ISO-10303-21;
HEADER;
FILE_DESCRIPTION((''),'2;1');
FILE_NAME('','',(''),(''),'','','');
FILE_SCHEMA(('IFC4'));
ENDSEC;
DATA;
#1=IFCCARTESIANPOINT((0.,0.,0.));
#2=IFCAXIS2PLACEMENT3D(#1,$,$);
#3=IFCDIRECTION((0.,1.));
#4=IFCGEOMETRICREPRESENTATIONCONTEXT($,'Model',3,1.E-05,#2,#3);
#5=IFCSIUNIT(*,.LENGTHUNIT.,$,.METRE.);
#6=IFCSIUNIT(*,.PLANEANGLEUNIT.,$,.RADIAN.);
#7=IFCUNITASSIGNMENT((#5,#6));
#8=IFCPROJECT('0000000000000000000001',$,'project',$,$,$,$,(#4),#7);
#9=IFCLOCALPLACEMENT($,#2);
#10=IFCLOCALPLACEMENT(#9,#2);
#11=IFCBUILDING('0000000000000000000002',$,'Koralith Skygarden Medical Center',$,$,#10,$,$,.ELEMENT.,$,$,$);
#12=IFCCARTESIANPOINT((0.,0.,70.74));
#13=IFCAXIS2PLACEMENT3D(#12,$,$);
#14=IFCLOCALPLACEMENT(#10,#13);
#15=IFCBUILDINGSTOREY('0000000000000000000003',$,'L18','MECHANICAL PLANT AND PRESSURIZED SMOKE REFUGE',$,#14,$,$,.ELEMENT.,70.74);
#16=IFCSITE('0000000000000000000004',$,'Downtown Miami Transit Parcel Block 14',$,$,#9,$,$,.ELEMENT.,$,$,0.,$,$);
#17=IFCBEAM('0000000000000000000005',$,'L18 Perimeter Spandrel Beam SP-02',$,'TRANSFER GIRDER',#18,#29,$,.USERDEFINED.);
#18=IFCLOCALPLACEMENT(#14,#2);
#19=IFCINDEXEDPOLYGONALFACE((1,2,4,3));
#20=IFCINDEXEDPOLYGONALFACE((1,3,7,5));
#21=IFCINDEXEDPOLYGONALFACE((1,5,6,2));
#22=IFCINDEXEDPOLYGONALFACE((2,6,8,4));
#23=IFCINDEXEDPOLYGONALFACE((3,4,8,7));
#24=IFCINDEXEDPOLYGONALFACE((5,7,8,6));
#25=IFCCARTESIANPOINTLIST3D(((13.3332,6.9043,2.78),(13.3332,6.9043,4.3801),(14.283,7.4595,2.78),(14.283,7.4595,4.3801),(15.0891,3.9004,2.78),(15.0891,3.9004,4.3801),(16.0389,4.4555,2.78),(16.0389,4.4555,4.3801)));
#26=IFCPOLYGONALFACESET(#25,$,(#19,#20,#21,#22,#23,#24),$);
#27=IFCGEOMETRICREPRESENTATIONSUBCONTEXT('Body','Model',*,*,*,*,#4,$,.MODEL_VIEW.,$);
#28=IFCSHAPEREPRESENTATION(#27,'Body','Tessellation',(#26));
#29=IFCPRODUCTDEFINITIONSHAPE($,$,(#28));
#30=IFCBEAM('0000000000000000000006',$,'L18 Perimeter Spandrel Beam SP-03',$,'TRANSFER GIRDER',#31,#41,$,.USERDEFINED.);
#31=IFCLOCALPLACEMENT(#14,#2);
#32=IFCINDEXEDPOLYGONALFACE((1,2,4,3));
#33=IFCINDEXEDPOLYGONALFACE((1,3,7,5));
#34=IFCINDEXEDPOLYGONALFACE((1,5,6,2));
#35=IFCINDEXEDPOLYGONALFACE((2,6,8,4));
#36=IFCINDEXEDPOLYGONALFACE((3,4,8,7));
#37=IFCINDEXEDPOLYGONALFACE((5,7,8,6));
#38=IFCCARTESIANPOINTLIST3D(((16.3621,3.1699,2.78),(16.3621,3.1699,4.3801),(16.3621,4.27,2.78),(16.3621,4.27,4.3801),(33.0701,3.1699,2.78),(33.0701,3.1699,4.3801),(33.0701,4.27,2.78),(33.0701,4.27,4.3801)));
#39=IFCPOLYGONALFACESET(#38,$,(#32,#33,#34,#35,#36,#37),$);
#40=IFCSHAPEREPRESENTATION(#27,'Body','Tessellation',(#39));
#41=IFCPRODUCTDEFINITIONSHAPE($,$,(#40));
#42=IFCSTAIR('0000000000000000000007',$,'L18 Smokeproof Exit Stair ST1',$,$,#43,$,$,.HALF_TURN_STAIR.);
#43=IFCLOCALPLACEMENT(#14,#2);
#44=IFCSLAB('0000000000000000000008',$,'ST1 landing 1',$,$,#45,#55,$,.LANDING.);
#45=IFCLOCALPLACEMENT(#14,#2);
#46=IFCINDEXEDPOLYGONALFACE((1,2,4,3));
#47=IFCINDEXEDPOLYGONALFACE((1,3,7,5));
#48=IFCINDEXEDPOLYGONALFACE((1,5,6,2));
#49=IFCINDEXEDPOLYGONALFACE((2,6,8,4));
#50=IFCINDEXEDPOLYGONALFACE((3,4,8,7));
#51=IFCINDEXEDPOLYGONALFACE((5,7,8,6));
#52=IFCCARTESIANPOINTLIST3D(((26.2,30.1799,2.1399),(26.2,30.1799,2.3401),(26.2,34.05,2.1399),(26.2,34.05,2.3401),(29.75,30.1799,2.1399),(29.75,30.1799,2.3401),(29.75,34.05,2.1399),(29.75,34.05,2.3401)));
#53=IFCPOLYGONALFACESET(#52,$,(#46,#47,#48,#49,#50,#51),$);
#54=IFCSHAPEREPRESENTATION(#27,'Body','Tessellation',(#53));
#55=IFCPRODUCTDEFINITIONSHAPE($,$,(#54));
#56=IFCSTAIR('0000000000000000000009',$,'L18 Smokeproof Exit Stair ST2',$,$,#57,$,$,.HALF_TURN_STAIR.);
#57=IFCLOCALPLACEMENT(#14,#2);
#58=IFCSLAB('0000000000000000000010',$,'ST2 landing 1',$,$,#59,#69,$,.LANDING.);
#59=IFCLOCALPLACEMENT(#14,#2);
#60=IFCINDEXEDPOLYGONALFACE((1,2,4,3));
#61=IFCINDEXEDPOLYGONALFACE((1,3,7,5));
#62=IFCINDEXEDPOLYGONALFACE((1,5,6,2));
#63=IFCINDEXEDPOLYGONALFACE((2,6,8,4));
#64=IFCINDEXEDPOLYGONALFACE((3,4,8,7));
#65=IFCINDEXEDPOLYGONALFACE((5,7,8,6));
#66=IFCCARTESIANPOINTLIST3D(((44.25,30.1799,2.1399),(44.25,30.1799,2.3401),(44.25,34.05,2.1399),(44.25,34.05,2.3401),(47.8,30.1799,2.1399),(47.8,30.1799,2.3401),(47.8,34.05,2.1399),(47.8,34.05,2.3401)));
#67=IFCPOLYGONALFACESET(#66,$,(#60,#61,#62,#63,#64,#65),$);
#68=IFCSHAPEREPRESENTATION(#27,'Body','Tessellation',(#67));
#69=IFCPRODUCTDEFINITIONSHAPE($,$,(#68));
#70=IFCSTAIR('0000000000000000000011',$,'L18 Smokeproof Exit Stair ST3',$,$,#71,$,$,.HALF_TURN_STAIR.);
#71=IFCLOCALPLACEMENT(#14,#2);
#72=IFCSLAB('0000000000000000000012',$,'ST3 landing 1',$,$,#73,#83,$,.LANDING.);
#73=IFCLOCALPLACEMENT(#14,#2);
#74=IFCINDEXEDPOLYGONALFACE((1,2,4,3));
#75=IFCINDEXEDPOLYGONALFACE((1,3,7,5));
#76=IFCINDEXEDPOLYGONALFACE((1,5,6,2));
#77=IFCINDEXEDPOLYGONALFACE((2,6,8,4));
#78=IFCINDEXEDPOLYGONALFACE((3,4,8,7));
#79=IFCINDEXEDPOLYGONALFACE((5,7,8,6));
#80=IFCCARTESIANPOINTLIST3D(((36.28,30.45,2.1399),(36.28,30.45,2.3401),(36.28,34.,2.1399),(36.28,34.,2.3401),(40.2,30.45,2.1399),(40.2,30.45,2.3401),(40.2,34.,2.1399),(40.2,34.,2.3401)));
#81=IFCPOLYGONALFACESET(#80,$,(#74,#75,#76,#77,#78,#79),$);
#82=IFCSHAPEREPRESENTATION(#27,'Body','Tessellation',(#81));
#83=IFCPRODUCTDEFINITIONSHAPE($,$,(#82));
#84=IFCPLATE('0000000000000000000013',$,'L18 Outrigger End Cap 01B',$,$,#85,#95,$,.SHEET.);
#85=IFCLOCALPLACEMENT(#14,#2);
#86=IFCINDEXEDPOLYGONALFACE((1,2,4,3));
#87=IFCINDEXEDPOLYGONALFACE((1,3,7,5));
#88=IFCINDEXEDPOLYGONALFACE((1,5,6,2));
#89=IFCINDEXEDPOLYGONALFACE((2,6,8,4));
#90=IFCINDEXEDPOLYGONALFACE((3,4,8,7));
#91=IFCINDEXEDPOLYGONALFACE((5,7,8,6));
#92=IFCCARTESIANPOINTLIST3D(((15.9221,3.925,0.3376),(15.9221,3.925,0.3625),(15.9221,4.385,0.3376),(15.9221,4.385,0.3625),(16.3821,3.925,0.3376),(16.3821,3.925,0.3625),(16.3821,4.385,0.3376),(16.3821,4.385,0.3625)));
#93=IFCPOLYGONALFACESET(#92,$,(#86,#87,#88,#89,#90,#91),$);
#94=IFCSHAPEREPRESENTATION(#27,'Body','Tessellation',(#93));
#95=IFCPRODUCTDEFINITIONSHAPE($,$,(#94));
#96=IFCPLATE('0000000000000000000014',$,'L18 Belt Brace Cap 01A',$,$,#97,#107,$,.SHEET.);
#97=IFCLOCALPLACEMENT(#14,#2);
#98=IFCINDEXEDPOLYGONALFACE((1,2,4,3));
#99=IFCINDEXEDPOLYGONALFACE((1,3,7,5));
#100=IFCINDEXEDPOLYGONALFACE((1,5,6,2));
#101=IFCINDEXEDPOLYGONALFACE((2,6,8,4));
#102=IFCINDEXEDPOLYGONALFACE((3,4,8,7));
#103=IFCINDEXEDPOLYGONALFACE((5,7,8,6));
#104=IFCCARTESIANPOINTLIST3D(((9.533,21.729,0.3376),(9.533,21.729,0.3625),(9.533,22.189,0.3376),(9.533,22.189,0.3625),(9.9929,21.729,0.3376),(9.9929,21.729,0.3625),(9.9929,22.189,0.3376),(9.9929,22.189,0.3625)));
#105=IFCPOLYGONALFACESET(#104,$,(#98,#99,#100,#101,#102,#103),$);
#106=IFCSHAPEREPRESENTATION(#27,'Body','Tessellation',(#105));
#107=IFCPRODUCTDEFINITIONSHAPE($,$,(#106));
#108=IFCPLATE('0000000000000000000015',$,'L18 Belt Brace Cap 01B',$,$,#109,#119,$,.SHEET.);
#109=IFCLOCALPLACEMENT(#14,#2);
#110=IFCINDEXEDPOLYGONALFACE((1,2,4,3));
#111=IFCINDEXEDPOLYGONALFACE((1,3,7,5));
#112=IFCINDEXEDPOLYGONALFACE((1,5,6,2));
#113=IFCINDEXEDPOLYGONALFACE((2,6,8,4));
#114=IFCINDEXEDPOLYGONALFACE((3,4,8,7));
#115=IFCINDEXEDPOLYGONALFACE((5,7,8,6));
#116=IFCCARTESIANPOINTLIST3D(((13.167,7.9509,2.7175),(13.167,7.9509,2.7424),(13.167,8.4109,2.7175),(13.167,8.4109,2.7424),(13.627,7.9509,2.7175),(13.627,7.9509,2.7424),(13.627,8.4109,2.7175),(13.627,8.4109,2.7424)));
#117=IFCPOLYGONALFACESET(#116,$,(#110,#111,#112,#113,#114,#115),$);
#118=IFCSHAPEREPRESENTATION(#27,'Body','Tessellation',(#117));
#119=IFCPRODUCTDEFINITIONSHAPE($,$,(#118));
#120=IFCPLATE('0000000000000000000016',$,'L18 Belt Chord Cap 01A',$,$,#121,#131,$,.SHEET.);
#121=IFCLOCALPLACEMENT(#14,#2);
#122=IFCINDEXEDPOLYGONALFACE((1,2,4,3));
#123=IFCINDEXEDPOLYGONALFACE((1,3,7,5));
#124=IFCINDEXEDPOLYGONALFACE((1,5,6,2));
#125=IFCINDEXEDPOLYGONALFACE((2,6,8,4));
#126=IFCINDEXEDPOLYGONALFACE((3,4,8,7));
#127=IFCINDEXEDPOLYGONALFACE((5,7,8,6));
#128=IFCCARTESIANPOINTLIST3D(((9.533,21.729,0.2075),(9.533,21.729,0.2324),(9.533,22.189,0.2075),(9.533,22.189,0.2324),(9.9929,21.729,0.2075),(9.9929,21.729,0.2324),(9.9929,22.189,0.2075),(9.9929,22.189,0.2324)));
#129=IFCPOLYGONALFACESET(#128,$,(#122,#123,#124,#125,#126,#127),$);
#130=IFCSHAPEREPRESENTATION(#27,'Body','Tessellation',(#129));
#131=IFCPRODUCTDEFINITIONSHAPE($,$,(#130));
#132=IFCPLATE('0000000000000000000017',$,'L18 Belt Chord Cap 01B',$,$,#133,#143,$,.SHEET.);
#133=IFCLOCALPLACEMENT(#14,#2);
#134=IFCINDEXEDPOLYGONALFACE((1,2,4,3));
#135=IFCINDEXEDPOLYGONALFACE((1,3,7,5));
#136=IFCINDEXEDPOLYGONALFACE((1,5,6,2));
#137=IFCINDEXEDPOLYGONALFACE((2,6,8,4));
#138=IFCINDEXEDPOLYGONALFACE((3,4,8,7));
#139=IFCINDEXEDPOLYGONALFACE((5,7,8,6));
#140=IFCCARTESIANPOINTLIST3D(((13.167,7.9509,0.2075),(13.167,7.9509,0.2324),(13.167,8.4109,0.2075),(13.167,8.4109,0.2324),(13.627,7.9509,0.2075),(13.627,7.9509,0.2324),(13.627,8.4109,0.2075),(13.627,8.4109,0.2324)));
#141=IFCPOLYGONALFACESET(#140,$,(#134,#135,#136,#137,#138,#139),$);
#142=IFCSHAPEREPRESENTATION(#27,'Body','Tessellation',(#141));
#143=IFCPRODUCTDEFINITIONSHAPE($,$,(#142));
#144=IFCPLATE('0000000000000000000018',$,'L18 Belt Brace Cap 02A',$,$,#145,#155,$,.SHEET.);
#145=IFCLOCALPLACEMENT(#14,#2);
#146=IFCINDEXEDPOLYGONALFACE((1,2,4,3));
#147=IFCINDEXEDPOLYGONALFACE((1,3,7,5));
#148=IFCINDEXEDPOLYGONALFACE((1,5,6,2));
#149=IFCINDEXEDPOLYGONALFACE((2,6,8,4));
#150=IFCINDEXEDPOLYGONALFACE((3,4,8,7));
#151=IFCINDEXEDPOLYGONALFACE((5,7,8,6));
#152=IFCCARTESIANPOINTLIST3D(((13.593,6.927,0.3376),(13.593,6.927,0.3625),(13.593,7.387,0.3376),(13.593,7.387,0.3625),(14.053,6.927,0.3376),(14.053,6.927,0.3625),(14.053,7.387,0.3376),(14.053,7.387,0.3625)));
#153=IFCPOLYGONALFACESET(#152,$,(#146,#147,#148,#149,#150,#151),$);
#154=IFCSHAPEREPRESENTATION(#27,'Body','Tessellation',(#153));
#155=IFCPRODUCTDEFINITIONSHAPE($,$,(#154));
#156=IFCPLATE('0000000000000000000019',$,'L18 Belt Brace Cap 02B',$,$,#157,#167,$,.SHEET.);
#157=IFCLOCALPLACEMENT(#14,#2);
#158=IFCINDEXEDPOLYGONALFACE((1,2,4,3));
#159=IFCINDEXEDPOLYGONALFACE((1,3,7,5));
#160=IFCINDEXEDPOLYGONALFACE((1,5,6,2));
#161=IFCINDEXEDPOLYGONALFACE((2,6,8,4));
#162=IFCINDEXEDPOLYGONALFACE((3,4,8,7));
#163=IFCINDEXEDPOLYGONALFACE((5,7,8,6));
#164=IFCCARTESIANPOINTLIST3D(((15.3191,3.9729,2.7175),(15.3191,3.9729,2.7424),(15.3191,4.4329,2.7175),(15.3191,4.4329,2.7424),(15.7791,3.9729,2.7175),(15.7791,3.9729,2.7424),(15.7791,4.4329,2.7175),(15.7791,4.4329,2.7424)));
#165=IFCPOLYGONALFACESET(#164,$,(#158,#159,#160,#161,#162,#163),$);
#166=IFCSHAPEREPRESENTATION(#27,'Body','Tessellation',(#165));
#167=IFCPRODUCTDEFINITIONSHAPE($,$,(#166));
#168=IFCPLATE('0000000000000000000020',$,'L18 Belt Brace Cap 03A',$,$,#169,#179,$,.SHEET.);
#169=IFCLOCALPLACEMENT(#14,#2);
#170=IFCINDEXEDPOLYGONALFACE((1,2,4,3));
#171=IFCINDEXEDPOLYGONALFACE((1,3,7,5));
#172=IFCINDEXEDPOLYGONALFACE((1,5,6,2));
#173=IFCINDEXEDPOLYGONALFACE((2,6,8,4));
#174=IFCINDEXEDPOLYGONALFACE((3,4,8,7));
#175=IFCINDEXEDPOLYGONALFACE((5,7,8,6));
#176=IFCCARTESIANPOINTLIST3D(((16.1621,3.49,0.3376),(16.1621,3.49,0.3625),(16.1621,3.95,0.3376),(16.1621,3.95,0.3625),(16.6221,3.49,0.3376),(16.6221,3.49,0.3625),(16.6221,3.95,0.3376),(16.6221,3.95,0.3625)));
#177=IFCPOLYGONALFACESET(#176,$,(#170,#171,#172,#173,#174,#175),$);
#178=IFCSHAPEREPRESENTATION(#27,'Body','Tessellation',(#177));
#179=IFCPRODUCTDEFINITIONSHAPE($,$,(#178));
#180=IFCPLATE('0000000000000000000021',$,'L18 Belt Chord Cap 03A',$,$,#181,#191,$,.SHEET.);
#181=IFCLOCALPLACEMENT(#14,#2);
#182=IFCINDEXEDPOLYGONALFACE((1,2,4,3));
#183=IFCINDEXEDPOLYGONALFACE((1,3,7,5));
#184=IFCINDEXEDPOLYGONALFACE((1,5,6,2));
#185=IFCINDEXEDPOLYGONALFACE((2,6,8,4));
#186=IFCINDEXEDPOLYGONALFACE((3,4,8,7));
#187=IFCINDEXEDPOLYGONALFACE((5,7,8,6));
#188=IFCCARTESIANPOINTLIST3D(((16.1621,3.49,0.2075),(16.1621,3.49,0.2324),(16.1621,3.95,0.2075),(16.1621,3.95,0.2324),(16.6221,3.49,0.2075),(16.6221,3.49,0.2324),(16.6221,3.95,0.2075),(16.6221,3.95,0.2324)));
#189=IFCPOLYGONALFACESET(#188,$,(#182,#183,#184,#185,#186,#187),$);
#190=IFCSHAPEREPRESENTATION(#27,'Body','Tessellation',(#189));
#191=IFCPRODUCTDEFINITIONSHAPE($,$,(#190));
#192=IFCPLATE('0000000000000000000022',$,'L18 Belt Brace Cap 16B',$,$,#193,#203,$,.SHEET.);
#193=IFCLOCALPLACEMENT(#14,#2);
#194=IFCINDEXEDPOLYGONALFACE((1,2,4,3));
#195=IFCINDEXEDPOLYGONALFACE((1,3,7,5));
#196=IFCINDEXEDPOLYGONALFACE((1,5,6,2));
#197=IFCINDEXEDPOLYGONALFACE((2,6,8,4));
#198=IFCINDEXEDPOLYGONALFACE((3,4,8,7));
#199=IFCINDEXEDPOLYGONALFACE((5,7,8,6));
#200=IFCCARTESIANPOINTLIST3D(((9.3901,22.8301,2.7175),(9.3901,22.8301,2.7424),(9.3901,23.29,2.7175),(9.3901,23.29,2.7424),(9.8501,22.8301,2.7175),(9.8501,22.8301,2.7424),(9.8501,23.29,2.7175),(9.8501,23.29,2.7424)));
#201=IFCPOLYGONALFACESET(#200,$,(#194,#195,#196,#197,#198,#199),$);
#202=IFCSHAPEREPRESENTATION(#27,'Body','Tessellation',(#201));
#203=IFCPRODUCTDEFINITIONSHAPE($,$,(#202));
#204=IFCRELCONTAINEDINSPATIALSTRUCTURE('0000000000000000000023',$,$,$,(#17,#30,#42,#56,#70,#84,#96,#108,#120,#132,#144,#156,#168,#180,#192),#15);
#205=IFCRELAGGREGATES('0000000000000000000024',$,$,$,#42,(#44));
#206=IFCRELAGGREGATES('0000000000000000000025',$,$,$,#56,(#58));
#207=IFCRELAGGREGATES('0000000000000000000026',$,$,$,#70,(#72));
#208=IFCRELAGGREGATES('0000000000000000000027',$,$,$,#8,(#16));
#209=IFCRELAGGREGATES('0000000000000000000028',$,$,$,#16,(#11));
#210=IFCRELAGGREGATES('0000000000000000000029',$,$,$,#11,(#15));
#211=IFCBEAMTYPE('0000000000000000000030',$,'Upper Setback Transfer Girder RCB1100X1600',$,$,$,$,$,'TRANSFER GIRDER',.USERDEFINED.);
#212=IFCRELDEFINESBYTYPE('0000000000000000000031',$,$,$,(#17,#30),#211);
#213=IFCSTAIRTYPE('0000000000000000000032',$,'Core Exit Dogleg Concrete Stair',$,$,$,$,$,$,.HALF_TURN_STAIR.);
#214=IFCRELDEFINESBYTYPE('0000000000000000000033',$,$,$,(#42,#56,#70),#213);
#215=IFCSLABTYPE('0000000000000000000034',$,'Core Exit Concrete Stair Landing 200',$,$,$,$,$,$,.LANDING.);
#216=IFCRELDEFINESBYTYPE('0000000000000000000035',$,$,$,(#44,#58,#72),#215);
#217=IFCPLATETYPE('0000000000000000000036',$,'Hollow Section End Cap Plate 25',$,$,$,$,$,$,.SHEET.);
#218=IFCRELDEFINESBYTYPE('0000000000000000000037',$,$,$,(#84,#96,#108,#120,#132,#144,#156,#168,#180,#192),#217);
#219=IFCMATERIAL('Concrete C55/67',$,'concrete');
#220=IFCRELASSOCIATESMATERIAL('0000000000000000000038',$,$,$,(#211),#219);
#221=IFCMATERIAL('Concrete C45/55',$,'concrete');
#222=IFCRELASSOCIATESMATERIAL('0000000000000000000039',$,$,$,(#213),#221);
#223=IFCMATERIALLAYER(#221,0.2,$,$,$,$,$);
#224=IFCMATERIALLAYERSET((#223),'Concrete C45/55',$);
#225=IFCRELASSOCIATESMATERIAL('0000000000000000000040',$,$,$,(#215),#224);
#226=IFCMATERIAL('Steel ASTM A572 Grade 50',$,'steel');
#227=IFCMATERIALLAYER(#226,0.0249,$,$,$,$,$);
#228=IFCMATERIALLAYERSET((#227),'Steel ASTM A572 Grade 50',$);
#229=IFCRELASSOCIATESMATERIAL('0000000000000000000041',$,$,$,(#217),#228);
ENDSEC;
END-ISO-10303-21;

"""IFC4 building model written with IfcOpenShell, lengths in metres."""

from ifc_helpers import new_model, si_unit, direction, frame, origin, origin_2d, place, context, subcontext, project, spatial, polyline, rectangle, outline, extrude, material, layer, layer_set, material_profile, profile_set, type_object, element, aggregate, save


model = new_model("IFC4")

# Units and contexts
model_context = context("Model", 3, precision=1e-05, world=origin(), true_north=direction((0.0, 1.0)))
body_context = subcontext(model_context, "Body", "Model", "MODEL_VIEW")
ifc_project = project(units=[si_unit("LENGTHUNIT", "METRE"), si_unit("PLANEANGLEUNIT", "RADIAN")], contexts=[model_context])

# Site, building, storey
site_placement = place(None, origin())
site = spatial("IfcSite", under=ifc_project, at=site_placement, Name="Downtown Miami Transit Parcel Block 14", CompositionType="ELEMENT", RefElevation=0.0)
building_placement = place(site_placement, origin())
building = spatial("IfcBuilding", under=site, at=building_placement, Name="Koralith Skygarden Medical Center", CompositionType="ELEMENT")
storey_placement = place(building_placement, frame((0.0, 0.0, 70.74)))
storey = spatial("IfcBuildingStorey", under=building, at=storey_placement, Name="L18", Description="MECHANICAL PLANT AND PRESSURIZED SMOKE REFUGE", CompositionType="ELEMENT", Elevation=70.74)

# Beams
ifc_material_1 = material(Name="Concrete C45/55", Category="concrete")
ifc_material_2 = material(Name="Concrete C55/67", Category="concrete")
ifc_material_profile_1 = material_profile(ifc_material_2, rectangle(XDim=1.1001, YDim=1.6001, at=origin_2d()), Name="RCB1100X1600")
ifc_profile_set_1 = profile_set([ifc_material_profile_1], Name="Concrete C55/67")
beam_type_1 = type_object("IfcBeamType", Name="Upper Setback Transfer Girder RCB1100X1600", ElementType="TRANSFER GIRDER", PredefinedType="USERDEFINED", material=ifc_profile_set_1)
beam_1_placement = place(storey_placement, frame((13.8081, 7.1819, 3.5801), z_axis=(0.504639, -0.863331, 0.0), x_axis=(0.863331, 0.504639, 0.0)))
element("IfcBeam", 1, at=beam_1_placement, inside=storey, type_object=beam_type_1, Name="L18 Perimeter Spandrel Beam SP-02", ObjectType="TRANSFER GIRDER", PredefinedType="USERDEFINED", context=body_context, shape_type="SweptSolid", body=[
    extrude(rectangle(XDim=1.1001, YDim=1.6001, at=origin_2d()), origin(), (0.0, 0.0, 1.0), 3.4795),
])
beam_2_placement = place(storey_placement, frame((16.3621, 3.72, 3.5801), z_axis=(1.0, 0.0, 0.0), x_axis=(0.0, 1.0, 0.0)))
element("IfcBeam", 2, at=beam_2_placement, inside=storey, type_object=beam_type_1, Name="L18 Perimeter Spandrel Beam SP-03", ObjectType="TRANSFER GIRDER", PredefinedType="USERDEFINED", context=body_context, shape_type="SweptSolid", body=[
    extrude(rectangle(XDim=1.1001, YDim=1.6001, at=origin_2d()), origin(), (0.0, 0.0, 1.0), 16.708),
])

# Stairs, slabs
stair_type = type_object("IfcStairType", Name="Core Exit Dogleg Concrete Stair", PredefinedType="HALF_TURN_STAIR", material=ifc_material_1)
stair_1_placement = place(storey_placement, origin())
stair_1 = element("IfcStair", 3, at=stair_1_placement, inside=storey, type_object=stair_type, Name="L18 Smokeproof Exit Stair ST1", PredefinedType="HALF_TURN_STAIR")
ifc_layer_1 = layer(ifc_material_1, 0.2)
ifc_layer_set_1 = layer_set([ifc_layer_1], Name="Concrete C45/55")
slab_type_1 = type_object("IfcSlabType", Name="Core Exit Concrete Stair Landing 200", PredefinedType="LANDING", material=ifc_layer_set_1)
slab_1_placement = place(storey_placement, frame((0.0, 0.0, 2.1399)))
slab_1 = element("IfcSlab", 4, at=slab_1_placement, type_object=slab_type_1, Name="ST1 landing 1", PredefinedType="LANDING", context=body_context, shape_type="SweptSolid", body=[
    extrude(outline(polyline([(29.75, 30.1799), (29.75, 34.05), (26.2, 34.05), (26.2, 30.1799), (29.75, 30.1799)])), origin(), (0.0, 0.0, 1.0), 0.2002),
])
aggregate(stair_1, [slab_1])
stair_2_placement = place(storey_placement, origin())
stair_2 = element("IfcStair", 5, at=stair_2_placement, inside=storey, type_object=stair_type, Name="L18 Smokeproof Exit Stair ST2", PredefinedType="HALF_TURN_STAIR")
slab_2_placement = place(storey_placement, frame((0.0, 0.0, 2.1399)))
slab_2 = element("IfcSlab", 6, at=slab_2_placement, type_object=slab_type_1, Name="ST2 landing 1", PredefinedType="LANDING", context=body_context, shape_type="SweptSolid", body=[
    extrude(outline(polyline([(47.8, 30.1799), (47.8, 34.05), (44.25, 34.05), (44.25, 30.1799), (47.8, 30.1799)])), origin(), (0.0, 0.0, 1.0), 0.2002),
])
aggregate(stair_2, [slab_2])
stair_3_placement = place(storey_placement, origin())
stair_3 = element("IfcStair", 7, at=stair_3_placement, inside=storey, type_object=stair_type, Name="L18 Smokeproof Exit Stair ST3", PredefinedType="HALF_TURN_STAIR")
slab_3_placement = place(storey_placement, frame((0.0, 0.0, 2.1399)))
slab_3 = element("IfcSlab", 8, at=slab_3_placement, type_object=slab_type_1, Name="ST3 landing 1", PredefinedType="LANDING", context=body_context, shape_type="SweptSolid", body=[
    extrude(outline(polyline([(36.28, 30.45), (40.2, 30.45), (40.2, 34.0), (36.28, 34.0), (36.28, 30.45)])), origin(), (0.0, 0.0, 1.0), 0.2002),
])
aggregate(stair_3, [slab_3])

# Plates
ifc_material_3 = material(Name="Steel ASTM A572 Grade 50", Category="steel")
ifc_layer_2 = layer(ifc_material_3, 0.0249)
ifc_layer_set_2 = layer_set([ifc_layer_2], Name="Steel ASTM A572 Grade 50")
plate_type_1 = type_object("IfcPlateType", Name="Hollow Section End Cap Plate 25", PredefinedType="SHEET", material=ifc_layer_set_2)
for number, where, z_axis, x_axis, name in (
    (9, (16.1521, 4.155, 0.3376), (0.0, 0.0, 1.0), (1.0, 0.0, 0.0), "L18 Outrigger End Cap 01B"),
    (10, (9.7629, 21.959, 0.3376), (0.0, 0.0, 1.0), (1.0, 0.0, 0.0), "L18 Belt Brace Cap 01A"),
    (11, (13.397, 8.1809, 2.7175), (0.0, 0.0, 1.0), (1.0, 0.0, 0.0), "L18 Belt Brace Cap 01B"),
    (12, (9.7629, 21.959, 0.2075), (0.0, 0.0, 1.0), (1.0, 0.0, 0.0), "L18 Belt Chord Cap 01A"),
    (13, (13.397, 8.1809, 0.2075), (0.0, 0.0, 1.0), (1.0, 0.0, 0.0), "L18 Belt Chord Cap 01B"),
    (14, (13.823, 7.157, 0.3376), (0.0, 0.0, 1.0), (1.0, 0.0, 0.0), "L18 Belt Brace Cap 02A"),
    (15, (15.5491, 4.2029, 2.7175), (0.0, 0.0, 1.0), (1.0, 0.0, 0.0), "L18 Belt Brace Cap 02B"),
    (16, (16.3921, 3.72, 0.3376), (0.0, 0.0, 1.0), (1.0, 0.0, 0.0), "L18 Belt Brace Cap 03A"),
    (17, (16.3921, 3.72, 0.2075), (0.0, 0.0, 1.0), (1.0, 0.0, 0.0), "L18 Belt Chord Cap 03A"),
    (18, (9.6201, 23.0601, 2.7175), (0.0, 0.0, 1.0), (1.0, 0.0, 0.0), "L18 Belt Brace Cap 16B"),
):
    element("IfcPlate", number, at=place(storey_placement, frame(where, z_axis=z_axis, x_axis=x_axis)), inside=storey, type_object=plate_type_1, Name=name, PredefinedType="SHEET", context=body_context, shape_type="SweptSolid", body=[
        extrude(rectangle(XDim=0.46, YDim=0.46, at=origin_2d()), origin(), (0.0, 0.0, 1.0), 0.0249),
    ])

save(model, "model.ifc")
